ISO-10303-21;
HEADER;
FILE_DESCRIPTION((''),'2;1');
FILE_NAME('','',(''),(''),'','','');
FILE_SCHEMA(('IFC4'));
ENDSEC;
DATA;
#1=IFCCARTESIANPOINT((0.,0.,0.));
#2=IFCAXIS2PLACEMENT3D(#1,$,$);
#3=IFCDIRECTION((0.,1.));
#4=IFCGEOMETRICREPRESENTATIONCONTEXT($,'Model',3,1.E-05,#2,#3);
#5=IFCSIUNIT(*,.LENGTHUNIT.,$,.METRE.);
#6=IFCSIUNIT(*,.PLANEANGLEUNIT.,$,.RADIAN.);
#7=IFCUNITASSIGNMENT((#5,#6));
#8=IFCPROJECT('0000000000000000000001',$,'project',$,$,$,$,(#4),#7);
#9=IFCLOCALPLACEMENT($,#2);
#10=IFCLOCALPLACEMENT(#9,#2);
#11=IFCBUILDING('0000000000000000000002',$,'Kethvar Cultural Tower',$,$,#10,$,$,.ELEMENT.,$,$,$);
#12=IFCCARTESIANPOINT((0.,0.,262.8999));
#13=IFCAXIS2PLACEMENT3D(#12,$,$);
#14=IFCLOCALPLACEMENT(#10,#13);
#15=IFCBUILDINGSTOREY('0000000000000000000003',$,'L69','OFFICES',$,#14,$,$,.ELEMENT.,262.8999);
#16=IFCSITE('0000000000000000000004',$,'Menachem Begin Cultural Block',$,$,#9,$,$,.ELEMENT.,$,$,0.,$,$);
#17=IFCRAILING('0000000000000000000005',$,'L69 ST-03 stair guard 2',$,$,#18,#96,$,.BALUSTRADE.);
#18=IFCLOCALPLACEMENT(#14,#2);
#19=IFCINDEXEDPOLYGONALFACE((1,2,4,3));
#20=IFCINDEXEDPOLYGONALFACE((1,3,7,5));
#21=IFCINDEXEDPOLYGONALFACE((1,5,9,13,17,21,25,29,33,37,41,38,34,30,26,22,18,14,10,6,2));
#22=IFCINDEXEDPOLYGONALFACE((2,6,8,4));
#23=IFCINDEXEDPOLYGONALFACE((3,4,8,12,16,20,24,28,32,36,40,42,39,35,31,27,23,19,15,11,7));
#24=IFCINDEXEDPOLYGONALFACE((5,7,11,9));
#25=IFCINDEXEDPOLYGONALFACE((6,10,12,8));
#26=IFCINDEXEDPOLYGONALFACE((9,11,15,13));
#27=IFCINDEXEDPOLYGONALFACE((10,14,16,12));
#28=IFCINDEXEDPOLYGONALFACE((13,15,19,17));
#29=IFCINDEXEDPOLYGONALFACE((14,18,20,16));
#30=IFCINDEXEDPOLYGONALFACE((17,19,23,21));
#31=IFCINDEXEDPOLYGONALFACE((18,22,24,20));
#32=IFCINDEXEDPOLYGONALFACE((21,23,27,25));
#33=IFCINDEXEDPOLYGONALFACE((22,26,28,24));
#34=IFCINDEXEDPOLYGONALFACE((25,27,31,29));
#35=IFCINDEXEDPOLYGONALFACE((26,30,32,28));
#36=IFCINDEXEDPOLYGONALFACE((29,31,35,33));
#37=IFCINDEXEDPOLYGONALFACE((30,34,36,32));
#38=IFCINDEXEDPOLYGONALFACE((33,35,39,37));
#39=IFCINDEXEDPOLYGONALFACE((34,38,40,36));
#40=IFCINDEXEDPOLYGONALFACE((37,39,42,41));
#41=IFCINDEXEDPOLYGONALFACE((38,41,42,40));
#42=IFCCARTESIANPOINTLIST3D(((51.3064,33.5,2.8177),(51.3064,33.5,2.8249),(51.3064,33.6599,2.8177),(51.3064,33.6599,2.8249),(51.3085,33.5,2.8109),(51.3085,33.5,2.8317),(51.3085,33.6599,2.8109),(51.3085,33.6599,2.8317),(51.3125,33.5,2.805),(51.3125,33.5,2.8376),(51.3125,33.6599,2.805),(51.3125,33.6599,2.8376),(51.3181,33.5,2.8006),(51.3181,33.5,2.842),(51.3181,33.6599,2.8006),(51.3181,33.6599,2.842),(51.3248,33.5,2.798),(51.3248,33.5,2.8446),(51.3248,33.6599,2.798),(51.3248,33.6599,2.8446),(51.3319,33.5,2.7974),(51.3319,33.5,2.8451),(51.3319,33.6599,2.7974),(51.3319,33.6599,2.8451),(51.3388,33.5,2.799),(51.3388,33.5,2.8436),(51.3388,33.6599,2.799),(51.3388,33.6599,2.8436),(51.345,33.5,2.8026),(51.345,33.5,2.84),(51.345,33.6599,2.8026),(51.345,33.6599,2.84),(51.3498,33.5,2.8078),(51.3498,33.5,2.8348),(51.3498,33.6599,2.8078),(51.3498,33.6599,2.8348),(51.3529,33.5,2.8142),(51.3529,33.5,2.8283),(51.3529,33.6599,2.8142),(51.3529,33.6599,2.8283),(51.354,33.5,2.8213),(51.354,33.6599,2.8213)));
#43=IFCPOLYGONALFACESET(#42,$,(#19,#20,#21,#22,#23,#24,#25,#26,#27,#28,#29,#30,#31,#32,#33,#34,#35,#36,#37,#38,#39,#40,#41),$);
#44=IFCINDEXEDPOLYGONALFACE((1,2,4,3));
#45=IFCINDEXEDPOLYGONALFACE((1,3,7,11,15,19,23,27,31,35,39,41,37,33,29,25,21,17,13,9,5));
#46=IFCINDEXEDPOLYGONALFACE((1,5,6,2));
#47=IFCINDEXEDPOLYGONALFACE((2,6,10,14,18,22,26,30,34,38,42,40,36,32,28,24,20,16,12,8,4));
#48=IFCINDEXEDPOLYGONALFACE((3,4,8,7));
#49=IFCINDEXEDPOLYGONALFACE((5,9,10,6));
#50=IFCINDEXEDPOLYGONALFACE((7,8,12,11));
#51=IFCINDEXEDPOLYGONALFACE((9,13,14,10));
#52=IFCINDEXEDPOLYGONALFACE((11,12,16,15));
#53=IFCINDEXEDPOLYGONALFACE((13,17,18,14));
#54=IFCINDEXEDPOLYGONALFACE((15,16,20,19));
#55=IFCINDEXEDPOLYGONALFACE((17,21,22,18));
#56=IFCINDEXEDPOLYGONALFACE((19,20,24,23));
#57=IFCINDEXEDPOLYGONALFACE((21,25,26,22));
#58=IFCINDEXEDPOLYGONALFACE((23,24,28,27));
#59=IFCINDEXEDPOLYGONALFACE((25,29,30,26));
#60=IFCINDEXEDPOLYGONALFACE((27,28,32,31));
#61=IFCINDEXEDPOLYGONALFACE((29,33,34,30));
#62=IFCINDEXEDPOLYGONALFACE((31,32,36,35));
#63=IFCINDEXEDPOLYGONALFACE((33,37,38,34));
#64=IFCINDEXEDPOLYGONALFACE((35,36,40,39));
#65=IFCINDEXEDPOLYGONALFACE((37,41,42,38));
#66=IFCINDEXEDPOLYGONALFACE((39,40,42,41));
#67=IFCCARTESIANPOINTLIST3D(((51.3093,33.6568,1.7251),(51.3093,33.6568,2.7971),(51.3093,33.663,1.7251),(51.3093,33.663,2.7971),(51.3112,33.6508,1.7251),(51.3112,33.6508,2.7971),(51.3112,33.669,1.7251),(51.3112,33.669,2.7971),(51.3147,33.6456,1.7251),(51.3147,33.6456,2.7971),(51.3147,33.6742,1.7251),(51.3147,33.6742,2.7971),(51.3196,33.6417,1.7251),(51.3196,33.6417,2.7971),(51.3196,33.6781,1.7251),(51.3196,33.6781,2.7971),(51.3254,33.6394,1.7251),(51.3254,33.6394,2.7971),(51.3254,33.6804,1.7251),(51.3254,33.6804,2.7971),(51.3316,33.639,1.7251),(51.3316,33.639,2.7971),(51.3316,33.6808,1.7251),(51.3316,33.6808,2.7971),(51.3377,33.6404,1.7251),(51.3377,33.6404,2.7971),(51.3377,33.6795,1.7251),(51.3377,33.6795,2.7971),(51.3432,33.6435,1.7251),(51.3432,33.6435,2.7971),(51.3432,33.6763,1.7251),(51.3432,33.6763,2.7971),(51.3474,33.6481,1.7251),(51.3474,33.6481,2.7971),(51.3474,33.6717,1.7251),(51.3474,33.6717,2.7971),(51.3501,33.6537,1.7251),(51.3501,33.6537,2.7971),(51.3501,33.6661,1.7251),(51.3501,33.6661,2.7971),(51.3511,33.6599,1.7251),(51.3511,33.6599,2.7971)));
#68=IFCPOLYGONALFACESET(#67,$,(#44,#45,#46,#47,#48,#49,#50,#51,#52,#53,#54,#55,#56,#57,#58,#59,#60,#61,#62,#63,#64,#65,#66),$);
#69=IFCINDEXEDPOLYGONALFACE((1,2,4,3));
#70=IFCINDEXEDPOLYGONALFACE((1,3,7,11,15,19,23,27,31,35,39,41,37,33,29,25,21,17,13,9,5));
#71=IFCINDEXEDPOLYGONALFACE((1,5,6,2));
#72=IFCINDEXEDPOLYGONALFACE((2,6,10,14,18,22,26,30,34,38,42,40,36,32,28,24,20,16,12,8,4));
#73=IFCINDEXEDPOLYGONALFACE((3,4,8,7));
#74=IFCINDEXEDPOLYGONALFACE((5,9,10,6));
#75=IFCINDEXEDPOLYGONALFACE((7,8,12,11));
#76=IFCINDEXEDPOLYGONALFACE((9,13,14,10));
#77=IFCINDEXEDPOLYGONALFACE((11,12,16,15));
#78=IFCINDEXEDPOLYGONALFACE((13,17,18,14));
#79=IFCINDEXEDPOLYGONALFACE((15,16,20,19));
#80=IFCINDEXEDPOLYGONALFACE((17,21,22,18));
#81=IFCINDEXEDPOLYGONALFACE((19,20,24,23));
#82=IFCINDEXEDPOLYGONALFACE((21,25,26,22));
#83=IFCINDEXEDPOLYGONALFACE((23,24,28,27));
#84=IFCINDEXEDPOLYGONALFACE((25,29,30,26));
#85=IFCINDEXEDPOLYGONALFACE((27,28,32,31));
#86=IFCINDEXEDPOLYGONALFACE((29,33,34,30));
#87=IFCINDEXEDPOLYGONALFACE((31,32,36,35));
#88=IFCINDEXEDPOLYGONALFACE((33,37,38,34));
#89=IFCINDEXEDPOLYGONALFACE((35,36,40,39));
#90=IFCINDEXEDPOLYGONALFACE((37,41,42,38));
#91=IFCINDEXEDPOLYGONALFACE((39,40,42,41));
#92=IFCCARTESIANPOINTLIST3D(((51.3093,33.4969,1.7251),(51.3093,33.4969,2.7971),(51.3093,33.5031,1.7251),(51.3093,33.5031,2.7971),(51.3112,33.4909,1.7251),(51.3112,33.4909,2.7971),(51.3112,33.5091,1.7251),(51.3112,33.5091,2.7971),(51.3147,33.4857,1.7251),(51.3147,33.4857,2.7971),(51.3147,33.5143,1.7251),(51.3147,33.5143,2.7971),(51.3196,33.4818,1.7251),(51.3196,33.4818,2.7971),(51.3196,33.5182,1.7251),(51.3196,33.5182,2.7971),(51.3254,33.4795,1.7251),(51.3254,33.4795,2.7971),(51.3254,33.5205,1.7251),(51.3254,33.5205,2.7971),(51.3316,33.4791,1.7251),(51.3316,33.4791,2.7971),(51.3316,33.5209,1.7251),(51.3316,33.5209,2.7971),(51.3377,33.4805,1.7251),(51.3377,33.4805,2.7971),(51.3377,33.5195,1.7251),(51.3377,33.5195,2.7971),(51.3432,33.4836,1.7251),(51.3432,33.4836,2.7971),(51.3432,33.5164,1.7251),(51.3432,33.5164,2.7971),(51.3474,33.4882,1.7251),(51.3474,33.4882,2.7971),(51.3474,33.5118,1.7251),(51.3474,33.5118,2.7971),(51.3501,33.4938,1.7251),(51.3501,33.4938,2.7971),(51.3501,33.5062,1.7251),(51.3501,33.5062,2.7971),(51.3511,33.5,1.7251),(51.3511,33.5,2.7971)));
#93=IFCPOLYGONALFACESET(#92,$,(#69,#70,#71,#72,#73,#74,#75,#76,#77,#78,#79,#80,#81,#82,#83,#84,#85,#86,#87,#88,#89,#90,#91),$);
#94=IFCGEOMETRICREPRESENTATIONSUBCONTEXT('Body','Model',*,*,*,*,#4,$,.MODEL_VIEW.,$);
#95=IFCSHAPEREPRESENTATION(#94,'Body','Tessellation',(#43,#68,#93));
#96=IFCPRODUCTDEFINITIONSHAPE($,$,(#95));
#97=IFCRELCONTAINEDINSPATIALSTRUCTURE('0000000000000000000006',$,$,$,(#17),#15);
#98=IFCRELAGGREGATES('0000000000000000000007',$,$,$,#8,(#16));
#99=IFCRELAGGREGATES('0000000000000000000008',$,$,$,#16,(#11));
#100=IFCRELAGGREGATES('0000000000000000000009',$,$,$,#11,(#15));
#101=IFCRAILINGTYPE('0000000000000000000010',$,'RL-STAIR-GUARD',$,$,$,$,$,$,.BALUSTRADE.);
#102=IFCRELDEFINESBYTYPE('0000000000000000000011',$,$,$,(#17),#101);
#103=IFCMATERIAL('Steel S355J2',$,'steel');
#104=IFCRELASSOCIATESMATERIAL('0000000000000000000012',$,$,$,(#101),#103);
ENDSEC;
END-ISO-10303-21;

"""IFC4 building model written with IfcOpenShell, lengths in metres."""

from ifc_helpers import new_model, si_unit, direction, frame, origin, origin_2d, place, context, subcontext, project, spatial, circle, extrude, material, type_object, element, save


model = new_model("IFC4")

# Units and contexts
model_context = context("Model", 3, precision=1e-05, world=origin(), true_north=direction((0.0, 1.0)))
body_context = subcontext(model_context, "Body", "Model", "MODEL_VIEW")
ifc_project = project(units=[si_unit("LENGTHUNIT", "METRE"), si_unit("PLANEANGLEUNIT", "RADIAN")], contexts=[model_context])

# Site, building, storey
site_placement = place(None, origin())
site = spatial("IfcSite", under=ifc_project, at=site_placement, Name="Menachem Begin Cultural Block", CompositionType="ELEMENT", RefElevation=0.0)
building_placement = place(site_placement, origin())
building = spatial("IfcBuilding", under=site, at=building_placement, Name="Kethvar Cultural Tower", CompositionType="ELEMENT")
storey_placement = place(building_placement, frame((0.0, 0.0, 262.8999)))
storey = spatial("IfcBuildingStorey", under=building, at=storey_placement, Name="L69", Description="OFFICES", CompositionType="ELEMENT", Elevation=262.8999)

# Shared definitions
ifc_material_1 = material(Name="Steel S355J2", Category="steel")

# Railing
railing_type_1 = type_object("IfcRailingType", Name="RL-STAIR-GUARD", PredefinedType="BALUSTRADE", material=ifc_material_1)
railing_1_placement = place(storey_placement, frame((51.3301, 33.6599, 1.7251)))
element("IfcRailing", 1, at=railing_1_placement, inside=storey, type_object=railing_type_1, Name="L69 ST-03 stair guard 2", PredefinedType="BALUSTRADE", context=body_context, shape_type="SweptSolid", body=[
    extrude(circle(Radius=0.0239, at=origin_2d()), frame((0.0, 0.0, 1.0962), z_axis=(0.0, -1.0, 0.0), x_axis=(1.0, 0.0, 0.0)), (0.0, 0.0, 1.0), 0.1599),
    extrude(circle(Radius=0.021, at=origin_2d()), origin(), (0.0, 0.0, 1.0), 1.072),
    extrude(circle(Radius=0.021, at=origin_2d()), frame((0.0, -0.1599, 0.0)), (0.0, 0.0, 1.0), 1.072),
])

save(model, "model.ifc")
